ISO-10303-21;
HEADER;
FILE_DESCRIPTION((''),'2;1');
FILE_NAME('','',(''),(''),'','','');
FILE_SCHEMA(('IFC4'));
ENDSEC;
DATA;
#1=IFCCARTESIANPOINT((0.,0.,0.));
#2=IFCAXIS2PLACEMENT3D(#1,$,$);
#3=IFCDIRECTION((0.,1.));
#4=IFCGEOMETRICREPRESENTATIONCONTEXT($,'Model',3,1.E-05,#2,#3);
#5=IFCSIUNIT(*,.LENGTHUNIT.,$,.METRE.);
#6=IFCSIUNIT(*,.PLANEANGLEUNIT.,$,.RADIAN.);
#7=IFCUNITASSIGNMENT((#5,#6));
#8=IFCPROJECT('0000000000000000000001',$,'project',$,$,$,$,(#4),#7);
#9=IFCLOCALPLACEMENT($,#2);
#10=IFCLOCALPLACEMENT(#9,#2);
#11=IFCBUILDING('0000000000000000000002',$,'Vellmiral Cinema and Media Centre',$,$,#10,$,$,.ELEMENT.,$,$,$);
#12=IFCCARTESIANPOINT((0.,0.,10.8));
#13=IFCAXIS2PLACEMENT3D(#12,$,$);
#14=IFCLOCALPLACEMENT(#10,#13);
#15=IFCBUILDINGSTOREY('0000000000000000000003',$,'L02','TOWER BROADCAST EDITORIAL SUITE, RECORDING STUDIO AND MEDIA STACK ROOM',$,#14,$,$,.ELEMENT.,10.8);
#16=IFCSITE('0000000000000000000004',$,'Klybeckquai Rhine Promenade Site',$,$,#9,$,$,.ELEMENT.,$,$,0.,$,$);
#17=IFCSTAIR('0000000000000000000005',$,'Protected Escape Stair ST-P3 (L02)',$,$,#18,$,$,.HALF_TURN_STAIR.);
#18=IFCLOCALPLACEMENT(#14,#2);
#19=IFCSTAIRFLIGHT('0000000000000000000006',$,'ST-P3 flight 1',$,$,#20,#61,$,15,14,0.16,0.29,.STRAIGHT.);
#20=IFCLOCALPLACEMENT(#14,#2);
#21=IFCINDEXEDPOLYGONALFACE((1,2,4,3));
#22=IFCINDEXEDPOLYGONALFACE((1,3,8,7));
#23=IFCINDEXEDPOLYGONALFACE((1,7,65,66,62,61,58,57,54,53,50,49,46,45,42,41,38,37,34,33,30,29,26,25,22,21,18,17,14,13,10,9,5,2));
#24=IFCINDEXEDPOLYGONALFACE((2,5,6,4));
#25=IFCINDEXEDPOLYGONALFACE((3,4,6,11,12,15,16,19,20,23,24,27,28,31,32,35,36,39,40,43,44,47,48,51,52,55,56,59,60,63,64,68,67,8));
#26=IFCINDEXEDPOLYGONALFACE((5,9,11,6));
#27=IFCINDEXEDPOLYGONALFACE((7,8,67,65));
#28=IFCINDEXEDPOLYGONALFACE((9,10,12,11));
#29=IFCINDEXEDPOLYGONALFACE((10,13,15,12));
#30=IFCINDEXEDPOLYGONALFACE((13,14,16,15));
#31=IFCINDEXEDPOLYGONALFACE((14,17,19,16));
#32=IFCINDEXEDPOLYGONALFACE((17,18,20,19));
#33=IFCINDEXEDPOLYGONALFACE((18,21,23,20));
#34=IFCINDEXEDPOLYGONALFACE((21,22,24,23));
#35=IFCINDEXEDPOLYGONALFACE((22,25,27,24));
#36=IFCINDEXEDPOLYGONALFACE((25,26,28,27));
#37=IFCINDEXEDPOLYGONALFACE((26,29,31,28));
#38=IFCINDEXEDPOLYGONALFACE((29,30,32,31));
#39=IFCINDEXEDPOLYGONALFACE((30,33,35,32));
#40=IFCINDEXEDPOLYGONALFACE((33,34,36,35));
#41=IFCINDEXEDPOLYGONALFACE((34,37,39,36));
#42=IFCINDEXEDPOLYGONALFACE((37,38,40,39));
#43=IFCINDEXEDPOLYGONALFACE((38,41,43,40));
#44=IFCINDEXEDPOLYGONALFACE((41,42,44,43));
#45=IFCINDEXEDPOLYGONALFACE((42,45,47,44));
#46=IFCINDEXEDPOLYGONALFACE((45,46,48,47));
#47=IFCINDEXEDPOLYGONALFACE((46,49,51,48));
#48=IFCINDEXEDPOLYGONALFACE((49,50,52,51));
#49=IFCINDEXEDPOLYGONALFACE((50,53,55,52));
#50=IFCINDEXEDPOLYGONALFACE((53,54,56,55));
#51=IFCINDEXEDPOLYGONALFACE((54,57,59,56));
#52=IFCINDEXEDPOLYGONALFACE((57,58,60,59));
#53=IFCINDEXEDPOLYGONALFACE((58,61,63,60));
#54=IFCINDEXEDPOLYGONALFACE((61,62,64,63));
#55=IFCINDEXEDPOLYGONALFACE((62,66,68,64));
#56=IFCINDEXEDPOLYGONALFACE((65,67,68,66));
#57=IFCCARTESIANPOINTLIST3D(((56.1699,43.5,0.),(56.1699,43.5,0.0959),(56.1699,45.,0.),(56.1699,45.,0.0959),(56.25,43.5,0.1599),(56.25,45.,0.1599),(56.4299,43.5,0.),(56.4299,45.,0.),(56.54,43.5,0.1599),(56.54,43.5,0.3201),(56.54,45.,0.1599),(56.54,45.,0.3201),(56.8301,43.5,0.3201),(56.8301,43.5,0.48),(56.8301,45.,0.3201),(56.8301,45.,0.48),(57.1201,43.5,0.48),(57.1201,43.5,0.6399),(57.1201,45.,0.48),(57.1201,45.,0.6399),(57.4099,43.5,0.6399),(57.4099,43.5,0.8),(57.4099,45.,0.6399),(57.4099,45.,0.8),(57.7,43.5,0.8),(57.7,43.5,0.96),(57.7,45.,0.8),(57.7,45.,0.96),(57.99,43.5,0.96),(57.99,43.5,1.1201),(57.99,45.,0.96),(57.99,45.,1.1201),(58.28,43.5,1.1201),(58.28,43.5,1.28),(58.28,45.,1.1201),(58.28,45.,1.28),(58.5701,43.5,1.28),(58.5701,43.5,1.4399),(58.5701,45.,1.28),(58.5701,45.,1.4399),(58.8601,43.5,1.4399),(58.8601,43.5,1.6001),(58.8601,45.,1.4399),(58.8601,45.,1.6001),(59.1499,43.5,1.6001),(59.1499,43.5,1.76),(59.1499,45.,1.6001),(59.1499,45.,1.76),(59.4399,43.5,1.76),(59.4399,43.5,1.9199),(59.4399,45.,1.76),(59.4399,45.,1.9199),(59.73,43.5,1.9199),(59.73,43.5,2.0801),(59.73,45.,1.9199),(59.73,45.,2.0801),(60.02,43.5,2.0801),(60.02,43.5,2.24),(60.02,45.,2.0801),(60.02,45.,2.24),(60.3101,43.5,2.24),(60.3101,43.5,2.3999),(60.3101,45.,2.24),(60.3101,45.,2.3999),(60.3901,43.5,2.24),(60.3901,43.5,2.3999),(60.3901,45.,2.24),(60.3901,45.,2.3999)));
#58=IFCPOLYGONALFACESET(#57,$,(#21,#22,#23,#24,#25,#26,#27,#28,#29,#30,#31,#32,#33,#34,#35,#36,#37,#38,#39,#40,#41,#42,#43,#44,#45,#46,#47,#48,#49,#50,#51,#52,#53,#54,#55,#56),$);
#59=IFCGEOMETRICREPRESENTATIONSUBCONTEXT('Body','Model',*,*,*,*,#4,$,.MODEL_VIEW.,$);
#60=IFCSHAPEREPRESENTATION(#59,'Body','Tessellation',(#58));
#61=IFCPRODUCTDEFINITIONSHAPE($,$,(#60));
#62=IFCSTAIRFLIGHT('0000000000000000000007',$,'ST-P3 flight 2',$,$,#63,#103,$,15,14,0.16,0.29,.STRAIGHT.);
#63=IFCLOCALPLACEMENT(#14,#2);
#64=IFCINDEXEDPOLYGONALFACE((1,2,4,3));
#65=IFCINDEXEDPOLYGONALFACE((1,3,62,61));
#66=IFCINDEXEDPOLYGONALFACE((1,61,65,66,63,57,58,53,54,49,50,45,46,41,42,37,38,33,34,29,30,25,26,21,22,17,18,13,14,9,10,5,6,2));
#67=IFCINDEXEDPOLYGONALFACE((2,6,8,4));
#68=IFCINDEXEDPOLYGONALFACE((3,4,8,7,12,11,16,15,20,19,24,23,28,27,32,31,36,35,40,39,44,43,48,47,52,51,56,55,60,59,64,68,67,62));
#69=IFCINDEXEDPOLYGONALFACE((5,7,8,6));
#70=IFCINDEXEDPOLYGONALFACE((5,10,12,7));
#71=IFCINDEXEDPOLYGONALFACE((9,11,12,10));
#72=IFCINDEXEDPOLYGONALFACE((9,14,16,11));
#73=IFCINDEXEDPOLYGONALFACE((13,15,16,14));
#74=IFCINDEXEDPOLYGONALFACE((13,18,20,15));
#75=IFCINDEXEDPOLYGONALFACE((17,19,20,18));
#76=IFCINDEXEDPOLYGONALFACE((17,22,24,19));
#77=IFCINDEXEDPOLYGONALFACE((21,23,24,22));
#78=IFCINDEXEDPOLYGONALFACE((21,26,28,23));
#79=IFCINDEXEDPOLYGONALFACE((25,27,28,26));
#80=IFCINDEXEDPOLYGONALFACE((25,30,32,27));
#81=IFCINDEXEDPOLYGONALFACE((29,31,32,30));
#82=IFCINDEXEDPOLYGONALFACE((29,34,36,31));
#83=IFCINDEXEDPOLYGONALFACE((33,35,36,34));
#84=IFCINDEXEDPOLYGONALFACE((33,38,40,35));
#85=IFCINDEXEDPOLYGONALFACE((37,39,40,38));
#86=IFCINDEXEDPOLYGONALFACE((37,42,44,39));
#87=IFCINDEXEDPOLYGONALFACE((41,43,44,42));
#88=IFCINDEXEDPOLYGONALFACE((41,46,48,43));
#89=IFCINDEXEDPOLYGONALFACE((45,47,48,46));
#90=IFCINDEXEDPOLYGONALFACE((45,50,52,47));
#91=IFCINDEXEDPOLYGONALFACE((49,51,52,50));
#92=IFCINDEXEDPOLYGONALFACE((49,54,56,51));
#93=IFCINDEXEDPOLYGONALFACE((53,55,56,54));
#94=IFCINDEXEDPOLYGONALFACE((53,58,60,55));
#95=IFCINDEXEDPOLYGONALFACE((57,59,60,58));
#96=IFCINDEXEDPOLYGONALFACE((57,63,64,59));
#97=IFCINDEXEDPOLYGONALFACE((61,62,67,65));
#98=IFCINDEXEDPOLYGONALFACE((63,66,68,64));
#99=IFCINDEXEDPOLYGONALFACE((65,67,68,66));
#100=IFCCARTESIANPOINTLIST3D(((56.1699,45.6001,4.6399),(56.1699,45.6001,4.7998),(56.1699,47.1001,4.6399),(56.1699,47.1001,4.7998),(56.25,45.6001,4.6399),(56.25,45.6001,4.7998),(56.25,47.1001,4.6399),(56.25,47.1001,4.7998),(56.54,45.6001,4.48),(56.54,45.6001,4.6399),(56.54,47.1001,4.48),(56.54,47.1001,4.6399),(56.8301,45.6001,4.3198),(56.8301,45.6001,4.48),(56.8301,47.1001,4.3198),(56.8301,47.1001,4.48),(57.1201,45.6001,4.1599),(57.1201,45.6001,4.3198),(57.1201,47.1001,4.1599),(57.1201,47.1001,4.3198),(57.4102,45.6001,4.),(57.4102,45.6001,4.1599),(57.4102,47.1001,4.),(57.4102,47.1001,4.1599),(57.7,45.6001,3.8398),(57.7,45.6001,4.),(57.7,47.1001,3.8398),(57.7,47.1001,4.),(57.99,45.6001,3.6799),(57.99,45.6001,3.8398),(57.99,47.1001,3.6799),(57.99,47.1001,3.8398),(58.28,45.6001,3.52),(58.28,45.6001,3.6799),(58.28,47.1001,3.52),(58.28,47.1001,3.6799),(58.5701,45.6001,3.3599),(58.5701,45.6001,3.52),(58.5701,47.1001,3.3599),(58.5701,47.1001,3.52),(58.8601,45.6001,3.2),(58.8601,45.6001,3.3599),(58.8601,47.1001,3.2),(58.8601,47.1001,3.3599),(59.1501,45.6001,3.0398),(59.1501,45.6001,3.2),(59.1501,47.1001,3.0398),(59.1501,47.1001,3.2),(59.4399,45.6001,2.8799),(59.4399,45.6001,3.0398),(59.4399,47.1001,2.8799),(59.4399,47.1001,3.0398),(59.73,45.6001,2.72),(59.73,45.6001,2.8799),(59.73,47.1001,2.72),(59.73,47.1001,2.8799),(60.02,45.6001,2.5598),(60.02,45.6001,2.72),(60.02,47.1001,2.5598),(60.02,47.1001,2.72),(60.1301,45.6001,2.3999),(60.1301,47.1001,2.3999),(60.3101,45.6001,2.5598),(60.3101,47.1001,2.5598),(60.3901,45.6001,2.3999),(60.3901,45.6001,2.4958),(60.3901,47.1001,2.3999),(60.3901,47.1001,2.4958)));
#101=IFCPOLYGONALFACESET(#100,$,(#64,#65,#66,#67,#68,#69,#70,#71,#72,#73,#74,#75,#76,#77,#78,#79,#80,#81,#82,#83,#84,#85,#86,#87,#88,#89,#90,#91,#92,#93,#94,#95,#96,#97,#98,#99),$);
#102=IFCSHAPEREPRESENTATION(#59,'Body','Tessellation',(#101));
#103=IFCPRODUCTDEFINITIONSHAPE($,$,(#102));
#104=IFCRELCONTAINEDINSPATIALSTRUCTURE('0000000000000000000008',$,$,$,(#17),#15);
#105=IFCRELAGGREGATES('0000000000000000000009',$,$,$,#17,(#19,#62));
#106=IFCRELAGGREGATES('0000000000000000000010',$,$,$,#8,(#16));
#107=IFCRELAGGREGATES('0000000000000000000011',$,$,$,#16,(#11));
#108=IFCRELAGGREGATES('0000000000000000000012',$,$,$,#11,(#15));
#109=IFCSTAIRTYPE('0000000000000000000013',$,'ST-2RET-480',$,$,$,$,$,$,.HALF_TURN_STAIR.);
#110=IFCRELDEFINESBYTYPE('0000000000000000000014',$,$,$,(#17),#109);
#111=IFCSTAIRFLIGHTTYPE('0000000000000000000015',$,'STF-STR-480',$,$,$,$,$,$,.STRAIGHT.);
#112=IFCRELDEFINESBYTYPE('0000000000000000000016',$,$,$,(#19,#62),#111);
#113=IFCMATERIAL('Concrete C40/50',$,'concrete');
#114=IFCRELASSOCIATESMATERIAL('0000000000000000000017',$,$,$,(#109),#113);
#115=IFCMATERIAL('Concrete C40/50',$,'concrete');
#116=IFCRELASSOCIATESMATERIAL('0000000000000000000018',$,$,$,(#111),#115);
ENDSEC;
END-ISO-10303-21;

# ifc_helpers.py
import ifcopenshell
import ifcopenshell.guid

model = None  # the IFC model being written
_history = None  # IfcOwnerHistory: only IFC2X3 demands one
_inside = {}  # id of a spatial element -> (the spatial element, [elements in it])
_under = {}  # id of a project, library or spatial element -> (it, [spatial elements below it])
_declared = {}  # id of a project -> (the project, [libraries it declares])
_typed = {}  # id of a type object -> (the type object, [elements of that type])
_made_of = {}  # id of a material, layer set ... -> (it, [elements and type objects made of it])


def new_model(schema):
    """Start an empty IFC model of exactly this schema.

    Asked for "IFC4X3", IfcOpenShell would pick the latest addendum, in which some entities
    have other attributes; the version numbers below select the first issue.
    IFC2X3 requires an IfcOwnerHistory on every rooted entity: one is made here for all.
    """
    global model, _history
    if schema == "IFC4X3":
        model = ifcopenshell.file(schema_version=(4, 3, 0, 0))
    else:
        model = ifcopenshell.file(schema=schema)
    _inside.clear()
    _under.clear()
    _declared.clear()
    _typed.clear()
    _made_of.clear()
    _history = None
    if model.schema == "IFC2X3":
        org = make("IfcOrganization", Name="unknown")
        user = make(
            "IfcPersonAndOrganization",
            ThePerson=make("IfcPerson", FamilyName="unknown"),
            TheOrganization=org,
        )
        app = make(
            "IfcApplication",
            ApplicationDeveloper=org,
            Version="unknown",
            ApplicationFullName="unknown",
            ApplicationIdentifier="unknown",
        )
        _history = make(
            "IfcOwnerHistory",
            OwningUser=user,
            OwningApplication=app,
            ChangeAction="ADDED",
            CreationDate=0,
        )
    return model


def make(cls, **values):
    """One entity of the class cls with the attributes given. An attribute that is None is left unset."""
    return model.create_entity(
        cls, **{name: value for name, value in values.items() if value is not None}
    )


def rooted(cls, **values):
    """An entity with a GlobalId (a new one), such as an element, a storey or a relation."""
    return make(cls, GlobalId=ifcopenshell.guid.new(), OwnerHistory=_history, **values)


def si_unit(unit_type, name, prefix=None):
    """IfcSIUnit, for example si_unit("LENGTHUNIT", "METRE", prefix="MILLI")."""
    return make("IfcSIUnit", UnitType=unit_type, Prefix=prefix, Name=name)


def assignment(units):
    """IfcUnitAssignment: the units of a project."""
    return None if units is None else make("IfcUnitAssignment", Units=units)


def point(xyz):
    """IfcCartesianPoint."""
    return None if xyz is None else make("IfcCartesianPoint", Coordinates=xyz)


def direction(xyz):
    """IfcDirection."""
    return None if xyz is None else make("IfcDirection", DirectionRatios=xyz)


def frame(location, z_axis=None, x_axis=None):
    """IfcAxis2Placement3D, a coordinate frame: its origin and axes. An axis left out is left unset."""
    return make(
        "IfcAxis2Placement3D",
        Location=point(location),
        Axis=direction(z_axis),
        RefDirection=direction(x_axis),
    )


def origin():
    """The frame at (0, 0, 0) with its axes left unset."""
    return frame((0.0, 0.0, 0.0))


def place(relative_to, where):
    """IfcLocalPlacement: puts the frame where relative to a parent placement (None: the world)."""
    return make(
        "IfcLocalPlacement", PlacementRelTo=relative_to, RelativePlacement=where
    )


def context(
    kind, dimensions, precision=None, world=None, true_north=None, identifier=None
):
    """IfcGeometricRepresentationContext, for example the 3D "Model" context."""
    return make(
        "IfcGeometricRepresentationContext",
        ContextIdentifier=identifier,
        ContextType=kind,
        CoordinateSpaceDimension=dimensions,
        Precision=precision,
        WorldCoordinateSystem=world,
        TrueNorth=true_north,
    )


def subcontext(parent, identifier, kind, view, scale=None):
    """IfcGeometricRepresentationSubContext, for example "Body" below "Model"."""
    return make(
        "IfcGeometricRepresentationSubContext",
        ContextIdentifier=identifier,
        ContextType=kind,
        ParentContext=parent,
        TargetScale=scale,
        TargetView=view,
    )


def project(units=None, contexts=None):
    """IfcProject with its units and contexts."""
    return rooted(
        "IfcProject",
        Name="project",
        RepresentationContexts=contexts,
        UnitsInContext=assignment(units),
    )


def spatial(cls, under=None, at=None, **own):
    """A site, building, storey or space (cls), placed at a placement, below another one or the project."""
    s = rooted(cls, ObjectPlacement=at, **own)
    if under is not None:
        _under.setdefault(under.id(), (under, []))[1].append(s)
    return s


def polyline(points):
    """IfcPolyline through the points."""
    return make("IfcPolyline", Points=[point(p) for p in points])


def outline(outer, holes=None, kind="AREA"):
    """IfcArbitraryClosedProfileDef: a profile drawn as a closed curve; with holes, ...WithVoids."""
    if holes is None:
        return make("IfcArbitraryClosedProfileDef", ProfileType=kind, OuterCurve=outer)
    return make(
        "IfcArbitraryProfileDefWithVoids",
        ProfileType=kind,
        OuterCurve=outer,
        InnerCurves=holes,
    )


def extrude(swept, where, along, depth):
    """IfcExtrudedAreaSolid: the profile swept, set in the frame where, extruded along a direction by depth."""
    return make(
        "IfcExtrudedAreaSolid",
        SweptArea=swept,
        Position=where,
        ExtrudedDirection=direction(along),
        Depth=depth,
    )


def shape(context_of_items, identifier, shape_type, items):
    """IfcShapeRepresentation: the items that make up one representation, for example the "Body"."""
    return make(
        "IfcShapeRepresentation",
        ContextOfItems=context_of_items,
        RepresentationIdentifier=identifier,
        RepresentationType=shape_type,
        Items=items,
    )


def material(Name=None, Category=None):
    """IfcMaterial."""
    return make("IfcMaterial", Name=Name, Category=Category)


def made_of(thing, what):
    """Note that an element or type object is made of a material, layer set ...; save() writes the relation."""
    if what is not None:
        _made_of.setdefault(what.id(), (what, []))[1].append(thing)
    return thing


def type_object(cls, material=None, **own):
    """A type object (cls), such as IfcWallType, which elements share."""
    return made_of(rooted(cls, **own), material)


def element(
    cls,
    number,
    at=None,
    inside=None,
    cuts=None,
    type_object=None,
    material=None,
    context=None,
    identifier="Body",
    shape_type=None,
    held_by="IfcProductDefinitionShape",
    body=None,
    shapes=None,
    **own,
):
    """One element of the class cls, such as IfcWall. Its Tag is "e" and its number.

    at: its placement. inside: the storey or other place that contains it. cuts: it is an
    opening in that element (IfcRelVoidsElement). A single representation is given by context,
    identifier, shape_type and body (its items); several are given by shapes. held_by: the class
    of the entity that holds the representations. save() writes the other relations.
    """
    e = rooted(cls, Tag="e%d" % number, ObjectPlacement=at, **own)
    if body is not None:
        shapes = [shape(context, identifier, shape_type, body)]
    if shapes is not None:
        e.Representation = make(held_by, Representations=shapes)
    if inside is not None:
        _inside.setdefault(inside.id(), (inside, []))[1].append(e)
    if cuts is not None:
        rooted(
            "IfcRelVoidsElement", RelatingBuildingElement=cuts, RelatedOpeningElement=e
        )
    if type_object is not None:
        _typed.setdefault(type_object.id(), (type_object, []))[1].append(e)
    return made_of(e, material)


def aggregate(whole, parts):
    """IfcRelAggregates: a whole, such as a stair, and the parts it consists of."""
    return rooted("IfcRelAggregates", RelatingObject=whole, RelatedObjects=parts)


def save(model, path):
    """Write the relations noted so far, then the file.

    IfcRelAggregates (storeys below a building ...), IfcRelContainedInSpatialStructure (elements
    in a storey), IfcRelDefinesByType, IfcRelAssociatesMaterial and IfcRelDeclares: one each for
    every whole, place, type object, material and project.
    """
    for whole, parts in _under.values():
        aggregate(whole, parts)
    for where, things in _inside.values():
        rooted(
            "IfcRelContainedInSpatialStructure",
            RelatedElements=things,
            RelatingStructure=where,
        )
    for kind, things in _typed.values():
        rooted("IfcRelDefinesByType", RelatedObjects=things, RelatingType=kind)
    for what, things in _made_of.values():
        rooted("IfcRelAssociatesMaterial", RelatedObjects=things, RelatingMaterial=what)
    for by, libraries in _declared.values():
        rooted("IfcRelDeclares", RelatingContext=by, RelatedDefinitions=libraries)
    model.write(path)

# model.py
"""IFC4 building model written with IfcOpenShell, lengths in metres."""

from ifc_helpers import new_model, si_unit, direction, frame, origin, place, context, subcontext, project, spatial, polyline, outline, extrude, material, type_object, element, aggregate, save


model = new_model("IFC4")

# Units and contexts
model_context = context("Model", 3, precision=1e-05, world=origin(), true_north=direction((0.0, 1.0)))
body_context = subcontext(model_context, "Body", "Model", "MODEL_VIEW")
ifc_project = project(units=[si_unit("LENGTHUNIT", "METRE"), si_unit("PLANEANGLEUNIT", "RADIAN")], contexts=[model_context])

# Site, building, storey
site_placement = place(None, origin())
site = spatial("IfcSite", under=ifc_project, at=site_placement, Name="Klybeckquai Rhine Promenade Site", CompositionType="ELEMENT", RefElevation=0.0)
building_placement = place(site_placement, origin())
building = spatial("IfcBuilding", under=site, at=building_placement, Name="Vellmiral Cinema and Media Centre", CompositionType="ELEMENT")
storey_placement = place(building_placement, frame((0.0, 0.0, 10.8)))
storey = spatial("IfcBuildingStorey", under=building, at=storey_placement, Name="L02", Description="TOWER BROADCAST EDITORIAL SUITE, RECORDING STUDIO AND MEDIA STACK ROOM", CompositionType="ELEMENT", Elevation=10.8)

# Stair, stair flights
ifc_material_1 = material(Name="Concrete C40/50", Category="concrete")
stair_type = type_object("IfcStairType", Name="ST-2RET-480", PredefinedType="HALF_TURN_STAIR", material=ifc_material_1)
stair_placement = place(storey_placement, origin())
stair = element("IfcStair", 1, at=stair_placement, inside=storey, type_object=stair_type, Name="Protected Escape Stair ST-P3 (L02)", PredefinedType="HALF_TURN_STAIR")
ifc_material_2 = material(Name="Concrete C40/50", Category="concrete")
stair_flight_type = type_object("IfcStairFlightType", Name="STF-STR-480", PredefinedType="STRAIGHT", material=ifc_material_2)
stair_flight_1_placement = place(storey_placement, frame((56.25, 44.25, 0.0), z_axis=(0.0, 0.0, 1.0), x_axis=(1.0, 0.0, 0.0)))
stair_flight_1 = element("IfcStairFlight", 2, at=stair_flight_1_placement, type_object=stair_flight_type, Name="ST-P3 flight 1", NumberOfRisers=15, NumberOfTreads=14, PredefinedType="STRAIGHT", RiserHeight=0.16, TreadLength=0.29, context=body_context, shape_type="SweptSolid", body=[
    extrude(outline(polyline([(-0.0801, 0.0), (-0.0801, 0.0959), (0.0, 0.1599), (0.29, 0.1599), (0.29, 0.3201), (0.5801, 0.3201), (0.5801, 0.48), (0.8701, 0.48), (0.8701, 0.6399), (1.1599, 0.6399), (1.1599, 0.8), (1.45, 0.8), (1.45, 0.96), (1.74, 0.96), (1.74, 1.1201), (2.03, 1.1201), (2.03, 1.28), (2.3201, 1.28), (2.3201, 1.4399), (2.6101, 1.4399), (2.6101, 1.6001), (2.8999, 1.6001), (2.8999, 1.76), (3.1899, 1.76), (3.1899, 1.9199), (3.48, 1.9199), (3.48, 2.0801), (3.77, 2.0801), (3.77, 2.24), (4.0601, 2.24), (4.0601, 2.3999), (4.1401, 2.3999), (4.1401, 2.24), (0.1799, 0.0), (-0.0801, 0.0)])), frame((0.0, 0.75, 0.0), z_axis=(0.0, -1.0, 0.0), x_axis=(1.0, 0.0, 0.0)), (0.0, 0.0, 1.0), 1.5),
])
stair_flight_2_placement = place(storey_placement, frame((60.3101, 46.3501, 2.3999), z_axis=(0.0, 0.0, 1.0), x_axis=(-1.0, 0.0, 0.0)))
stair_flight_2 = element("IfcStairFlight", 3, at=stair_flight_2_placement, type_object=stair_flight_type, Name="ST-P3 flight 2", NumberOfRisers=15, NumberOfTreads=14, PredefinedType="STRAIGHT", RiserHeight=0.16, TreadLength=0.29, context=body_context, shape_type="SweptSolid", body=[
    extrude(outline(polyline([(-0.0801, 0.0), (-0.0801, 0.0959), (0.0, 0.1599), (0.29, 0.1599), (0.29, 0.3201), (0.5801, 0.3201), (0.5801, 0.48), (0.8701, 0.48), (0.8701, 0.6399), (1.1599, 0.6399), (1.1599, 0.8), (1.45, 0.8), (1.45, 0.96), (1.74, 0.96), (1.74, 1.1201), (2.03, 1.1201), (2.03, 1.28), (2.3201, 1.28), (2.3201, 1.4399), (2.6101, 1.4399), (2.6101, 1.6001), (2.8999, 1.6001), (2.8999, 1.76), (3.1899, 1.76), (3.1899, 1.9199), (3.48, 1.9199), (3.48, 2.0801), (3.77, 2.0801), (3.77, 2.24), (4.0601, 2.24), (4.0601, 2.3999), (4.1401, 2.3999), (4.1401, 2.24), (0.1799, 0.0), (-0.0801, 0.0)])), frame((0.0, 0.75, 0.0), z_axis=(0.0, -1.0, 0.0), x_axis=(1.0, 0.0, 0.0)), (0.0, 0.0, 1.0), 1.5),
])
aggregate(stair, [stair_flight_1, stair_flight_2])

save(model, "model.ifc")
